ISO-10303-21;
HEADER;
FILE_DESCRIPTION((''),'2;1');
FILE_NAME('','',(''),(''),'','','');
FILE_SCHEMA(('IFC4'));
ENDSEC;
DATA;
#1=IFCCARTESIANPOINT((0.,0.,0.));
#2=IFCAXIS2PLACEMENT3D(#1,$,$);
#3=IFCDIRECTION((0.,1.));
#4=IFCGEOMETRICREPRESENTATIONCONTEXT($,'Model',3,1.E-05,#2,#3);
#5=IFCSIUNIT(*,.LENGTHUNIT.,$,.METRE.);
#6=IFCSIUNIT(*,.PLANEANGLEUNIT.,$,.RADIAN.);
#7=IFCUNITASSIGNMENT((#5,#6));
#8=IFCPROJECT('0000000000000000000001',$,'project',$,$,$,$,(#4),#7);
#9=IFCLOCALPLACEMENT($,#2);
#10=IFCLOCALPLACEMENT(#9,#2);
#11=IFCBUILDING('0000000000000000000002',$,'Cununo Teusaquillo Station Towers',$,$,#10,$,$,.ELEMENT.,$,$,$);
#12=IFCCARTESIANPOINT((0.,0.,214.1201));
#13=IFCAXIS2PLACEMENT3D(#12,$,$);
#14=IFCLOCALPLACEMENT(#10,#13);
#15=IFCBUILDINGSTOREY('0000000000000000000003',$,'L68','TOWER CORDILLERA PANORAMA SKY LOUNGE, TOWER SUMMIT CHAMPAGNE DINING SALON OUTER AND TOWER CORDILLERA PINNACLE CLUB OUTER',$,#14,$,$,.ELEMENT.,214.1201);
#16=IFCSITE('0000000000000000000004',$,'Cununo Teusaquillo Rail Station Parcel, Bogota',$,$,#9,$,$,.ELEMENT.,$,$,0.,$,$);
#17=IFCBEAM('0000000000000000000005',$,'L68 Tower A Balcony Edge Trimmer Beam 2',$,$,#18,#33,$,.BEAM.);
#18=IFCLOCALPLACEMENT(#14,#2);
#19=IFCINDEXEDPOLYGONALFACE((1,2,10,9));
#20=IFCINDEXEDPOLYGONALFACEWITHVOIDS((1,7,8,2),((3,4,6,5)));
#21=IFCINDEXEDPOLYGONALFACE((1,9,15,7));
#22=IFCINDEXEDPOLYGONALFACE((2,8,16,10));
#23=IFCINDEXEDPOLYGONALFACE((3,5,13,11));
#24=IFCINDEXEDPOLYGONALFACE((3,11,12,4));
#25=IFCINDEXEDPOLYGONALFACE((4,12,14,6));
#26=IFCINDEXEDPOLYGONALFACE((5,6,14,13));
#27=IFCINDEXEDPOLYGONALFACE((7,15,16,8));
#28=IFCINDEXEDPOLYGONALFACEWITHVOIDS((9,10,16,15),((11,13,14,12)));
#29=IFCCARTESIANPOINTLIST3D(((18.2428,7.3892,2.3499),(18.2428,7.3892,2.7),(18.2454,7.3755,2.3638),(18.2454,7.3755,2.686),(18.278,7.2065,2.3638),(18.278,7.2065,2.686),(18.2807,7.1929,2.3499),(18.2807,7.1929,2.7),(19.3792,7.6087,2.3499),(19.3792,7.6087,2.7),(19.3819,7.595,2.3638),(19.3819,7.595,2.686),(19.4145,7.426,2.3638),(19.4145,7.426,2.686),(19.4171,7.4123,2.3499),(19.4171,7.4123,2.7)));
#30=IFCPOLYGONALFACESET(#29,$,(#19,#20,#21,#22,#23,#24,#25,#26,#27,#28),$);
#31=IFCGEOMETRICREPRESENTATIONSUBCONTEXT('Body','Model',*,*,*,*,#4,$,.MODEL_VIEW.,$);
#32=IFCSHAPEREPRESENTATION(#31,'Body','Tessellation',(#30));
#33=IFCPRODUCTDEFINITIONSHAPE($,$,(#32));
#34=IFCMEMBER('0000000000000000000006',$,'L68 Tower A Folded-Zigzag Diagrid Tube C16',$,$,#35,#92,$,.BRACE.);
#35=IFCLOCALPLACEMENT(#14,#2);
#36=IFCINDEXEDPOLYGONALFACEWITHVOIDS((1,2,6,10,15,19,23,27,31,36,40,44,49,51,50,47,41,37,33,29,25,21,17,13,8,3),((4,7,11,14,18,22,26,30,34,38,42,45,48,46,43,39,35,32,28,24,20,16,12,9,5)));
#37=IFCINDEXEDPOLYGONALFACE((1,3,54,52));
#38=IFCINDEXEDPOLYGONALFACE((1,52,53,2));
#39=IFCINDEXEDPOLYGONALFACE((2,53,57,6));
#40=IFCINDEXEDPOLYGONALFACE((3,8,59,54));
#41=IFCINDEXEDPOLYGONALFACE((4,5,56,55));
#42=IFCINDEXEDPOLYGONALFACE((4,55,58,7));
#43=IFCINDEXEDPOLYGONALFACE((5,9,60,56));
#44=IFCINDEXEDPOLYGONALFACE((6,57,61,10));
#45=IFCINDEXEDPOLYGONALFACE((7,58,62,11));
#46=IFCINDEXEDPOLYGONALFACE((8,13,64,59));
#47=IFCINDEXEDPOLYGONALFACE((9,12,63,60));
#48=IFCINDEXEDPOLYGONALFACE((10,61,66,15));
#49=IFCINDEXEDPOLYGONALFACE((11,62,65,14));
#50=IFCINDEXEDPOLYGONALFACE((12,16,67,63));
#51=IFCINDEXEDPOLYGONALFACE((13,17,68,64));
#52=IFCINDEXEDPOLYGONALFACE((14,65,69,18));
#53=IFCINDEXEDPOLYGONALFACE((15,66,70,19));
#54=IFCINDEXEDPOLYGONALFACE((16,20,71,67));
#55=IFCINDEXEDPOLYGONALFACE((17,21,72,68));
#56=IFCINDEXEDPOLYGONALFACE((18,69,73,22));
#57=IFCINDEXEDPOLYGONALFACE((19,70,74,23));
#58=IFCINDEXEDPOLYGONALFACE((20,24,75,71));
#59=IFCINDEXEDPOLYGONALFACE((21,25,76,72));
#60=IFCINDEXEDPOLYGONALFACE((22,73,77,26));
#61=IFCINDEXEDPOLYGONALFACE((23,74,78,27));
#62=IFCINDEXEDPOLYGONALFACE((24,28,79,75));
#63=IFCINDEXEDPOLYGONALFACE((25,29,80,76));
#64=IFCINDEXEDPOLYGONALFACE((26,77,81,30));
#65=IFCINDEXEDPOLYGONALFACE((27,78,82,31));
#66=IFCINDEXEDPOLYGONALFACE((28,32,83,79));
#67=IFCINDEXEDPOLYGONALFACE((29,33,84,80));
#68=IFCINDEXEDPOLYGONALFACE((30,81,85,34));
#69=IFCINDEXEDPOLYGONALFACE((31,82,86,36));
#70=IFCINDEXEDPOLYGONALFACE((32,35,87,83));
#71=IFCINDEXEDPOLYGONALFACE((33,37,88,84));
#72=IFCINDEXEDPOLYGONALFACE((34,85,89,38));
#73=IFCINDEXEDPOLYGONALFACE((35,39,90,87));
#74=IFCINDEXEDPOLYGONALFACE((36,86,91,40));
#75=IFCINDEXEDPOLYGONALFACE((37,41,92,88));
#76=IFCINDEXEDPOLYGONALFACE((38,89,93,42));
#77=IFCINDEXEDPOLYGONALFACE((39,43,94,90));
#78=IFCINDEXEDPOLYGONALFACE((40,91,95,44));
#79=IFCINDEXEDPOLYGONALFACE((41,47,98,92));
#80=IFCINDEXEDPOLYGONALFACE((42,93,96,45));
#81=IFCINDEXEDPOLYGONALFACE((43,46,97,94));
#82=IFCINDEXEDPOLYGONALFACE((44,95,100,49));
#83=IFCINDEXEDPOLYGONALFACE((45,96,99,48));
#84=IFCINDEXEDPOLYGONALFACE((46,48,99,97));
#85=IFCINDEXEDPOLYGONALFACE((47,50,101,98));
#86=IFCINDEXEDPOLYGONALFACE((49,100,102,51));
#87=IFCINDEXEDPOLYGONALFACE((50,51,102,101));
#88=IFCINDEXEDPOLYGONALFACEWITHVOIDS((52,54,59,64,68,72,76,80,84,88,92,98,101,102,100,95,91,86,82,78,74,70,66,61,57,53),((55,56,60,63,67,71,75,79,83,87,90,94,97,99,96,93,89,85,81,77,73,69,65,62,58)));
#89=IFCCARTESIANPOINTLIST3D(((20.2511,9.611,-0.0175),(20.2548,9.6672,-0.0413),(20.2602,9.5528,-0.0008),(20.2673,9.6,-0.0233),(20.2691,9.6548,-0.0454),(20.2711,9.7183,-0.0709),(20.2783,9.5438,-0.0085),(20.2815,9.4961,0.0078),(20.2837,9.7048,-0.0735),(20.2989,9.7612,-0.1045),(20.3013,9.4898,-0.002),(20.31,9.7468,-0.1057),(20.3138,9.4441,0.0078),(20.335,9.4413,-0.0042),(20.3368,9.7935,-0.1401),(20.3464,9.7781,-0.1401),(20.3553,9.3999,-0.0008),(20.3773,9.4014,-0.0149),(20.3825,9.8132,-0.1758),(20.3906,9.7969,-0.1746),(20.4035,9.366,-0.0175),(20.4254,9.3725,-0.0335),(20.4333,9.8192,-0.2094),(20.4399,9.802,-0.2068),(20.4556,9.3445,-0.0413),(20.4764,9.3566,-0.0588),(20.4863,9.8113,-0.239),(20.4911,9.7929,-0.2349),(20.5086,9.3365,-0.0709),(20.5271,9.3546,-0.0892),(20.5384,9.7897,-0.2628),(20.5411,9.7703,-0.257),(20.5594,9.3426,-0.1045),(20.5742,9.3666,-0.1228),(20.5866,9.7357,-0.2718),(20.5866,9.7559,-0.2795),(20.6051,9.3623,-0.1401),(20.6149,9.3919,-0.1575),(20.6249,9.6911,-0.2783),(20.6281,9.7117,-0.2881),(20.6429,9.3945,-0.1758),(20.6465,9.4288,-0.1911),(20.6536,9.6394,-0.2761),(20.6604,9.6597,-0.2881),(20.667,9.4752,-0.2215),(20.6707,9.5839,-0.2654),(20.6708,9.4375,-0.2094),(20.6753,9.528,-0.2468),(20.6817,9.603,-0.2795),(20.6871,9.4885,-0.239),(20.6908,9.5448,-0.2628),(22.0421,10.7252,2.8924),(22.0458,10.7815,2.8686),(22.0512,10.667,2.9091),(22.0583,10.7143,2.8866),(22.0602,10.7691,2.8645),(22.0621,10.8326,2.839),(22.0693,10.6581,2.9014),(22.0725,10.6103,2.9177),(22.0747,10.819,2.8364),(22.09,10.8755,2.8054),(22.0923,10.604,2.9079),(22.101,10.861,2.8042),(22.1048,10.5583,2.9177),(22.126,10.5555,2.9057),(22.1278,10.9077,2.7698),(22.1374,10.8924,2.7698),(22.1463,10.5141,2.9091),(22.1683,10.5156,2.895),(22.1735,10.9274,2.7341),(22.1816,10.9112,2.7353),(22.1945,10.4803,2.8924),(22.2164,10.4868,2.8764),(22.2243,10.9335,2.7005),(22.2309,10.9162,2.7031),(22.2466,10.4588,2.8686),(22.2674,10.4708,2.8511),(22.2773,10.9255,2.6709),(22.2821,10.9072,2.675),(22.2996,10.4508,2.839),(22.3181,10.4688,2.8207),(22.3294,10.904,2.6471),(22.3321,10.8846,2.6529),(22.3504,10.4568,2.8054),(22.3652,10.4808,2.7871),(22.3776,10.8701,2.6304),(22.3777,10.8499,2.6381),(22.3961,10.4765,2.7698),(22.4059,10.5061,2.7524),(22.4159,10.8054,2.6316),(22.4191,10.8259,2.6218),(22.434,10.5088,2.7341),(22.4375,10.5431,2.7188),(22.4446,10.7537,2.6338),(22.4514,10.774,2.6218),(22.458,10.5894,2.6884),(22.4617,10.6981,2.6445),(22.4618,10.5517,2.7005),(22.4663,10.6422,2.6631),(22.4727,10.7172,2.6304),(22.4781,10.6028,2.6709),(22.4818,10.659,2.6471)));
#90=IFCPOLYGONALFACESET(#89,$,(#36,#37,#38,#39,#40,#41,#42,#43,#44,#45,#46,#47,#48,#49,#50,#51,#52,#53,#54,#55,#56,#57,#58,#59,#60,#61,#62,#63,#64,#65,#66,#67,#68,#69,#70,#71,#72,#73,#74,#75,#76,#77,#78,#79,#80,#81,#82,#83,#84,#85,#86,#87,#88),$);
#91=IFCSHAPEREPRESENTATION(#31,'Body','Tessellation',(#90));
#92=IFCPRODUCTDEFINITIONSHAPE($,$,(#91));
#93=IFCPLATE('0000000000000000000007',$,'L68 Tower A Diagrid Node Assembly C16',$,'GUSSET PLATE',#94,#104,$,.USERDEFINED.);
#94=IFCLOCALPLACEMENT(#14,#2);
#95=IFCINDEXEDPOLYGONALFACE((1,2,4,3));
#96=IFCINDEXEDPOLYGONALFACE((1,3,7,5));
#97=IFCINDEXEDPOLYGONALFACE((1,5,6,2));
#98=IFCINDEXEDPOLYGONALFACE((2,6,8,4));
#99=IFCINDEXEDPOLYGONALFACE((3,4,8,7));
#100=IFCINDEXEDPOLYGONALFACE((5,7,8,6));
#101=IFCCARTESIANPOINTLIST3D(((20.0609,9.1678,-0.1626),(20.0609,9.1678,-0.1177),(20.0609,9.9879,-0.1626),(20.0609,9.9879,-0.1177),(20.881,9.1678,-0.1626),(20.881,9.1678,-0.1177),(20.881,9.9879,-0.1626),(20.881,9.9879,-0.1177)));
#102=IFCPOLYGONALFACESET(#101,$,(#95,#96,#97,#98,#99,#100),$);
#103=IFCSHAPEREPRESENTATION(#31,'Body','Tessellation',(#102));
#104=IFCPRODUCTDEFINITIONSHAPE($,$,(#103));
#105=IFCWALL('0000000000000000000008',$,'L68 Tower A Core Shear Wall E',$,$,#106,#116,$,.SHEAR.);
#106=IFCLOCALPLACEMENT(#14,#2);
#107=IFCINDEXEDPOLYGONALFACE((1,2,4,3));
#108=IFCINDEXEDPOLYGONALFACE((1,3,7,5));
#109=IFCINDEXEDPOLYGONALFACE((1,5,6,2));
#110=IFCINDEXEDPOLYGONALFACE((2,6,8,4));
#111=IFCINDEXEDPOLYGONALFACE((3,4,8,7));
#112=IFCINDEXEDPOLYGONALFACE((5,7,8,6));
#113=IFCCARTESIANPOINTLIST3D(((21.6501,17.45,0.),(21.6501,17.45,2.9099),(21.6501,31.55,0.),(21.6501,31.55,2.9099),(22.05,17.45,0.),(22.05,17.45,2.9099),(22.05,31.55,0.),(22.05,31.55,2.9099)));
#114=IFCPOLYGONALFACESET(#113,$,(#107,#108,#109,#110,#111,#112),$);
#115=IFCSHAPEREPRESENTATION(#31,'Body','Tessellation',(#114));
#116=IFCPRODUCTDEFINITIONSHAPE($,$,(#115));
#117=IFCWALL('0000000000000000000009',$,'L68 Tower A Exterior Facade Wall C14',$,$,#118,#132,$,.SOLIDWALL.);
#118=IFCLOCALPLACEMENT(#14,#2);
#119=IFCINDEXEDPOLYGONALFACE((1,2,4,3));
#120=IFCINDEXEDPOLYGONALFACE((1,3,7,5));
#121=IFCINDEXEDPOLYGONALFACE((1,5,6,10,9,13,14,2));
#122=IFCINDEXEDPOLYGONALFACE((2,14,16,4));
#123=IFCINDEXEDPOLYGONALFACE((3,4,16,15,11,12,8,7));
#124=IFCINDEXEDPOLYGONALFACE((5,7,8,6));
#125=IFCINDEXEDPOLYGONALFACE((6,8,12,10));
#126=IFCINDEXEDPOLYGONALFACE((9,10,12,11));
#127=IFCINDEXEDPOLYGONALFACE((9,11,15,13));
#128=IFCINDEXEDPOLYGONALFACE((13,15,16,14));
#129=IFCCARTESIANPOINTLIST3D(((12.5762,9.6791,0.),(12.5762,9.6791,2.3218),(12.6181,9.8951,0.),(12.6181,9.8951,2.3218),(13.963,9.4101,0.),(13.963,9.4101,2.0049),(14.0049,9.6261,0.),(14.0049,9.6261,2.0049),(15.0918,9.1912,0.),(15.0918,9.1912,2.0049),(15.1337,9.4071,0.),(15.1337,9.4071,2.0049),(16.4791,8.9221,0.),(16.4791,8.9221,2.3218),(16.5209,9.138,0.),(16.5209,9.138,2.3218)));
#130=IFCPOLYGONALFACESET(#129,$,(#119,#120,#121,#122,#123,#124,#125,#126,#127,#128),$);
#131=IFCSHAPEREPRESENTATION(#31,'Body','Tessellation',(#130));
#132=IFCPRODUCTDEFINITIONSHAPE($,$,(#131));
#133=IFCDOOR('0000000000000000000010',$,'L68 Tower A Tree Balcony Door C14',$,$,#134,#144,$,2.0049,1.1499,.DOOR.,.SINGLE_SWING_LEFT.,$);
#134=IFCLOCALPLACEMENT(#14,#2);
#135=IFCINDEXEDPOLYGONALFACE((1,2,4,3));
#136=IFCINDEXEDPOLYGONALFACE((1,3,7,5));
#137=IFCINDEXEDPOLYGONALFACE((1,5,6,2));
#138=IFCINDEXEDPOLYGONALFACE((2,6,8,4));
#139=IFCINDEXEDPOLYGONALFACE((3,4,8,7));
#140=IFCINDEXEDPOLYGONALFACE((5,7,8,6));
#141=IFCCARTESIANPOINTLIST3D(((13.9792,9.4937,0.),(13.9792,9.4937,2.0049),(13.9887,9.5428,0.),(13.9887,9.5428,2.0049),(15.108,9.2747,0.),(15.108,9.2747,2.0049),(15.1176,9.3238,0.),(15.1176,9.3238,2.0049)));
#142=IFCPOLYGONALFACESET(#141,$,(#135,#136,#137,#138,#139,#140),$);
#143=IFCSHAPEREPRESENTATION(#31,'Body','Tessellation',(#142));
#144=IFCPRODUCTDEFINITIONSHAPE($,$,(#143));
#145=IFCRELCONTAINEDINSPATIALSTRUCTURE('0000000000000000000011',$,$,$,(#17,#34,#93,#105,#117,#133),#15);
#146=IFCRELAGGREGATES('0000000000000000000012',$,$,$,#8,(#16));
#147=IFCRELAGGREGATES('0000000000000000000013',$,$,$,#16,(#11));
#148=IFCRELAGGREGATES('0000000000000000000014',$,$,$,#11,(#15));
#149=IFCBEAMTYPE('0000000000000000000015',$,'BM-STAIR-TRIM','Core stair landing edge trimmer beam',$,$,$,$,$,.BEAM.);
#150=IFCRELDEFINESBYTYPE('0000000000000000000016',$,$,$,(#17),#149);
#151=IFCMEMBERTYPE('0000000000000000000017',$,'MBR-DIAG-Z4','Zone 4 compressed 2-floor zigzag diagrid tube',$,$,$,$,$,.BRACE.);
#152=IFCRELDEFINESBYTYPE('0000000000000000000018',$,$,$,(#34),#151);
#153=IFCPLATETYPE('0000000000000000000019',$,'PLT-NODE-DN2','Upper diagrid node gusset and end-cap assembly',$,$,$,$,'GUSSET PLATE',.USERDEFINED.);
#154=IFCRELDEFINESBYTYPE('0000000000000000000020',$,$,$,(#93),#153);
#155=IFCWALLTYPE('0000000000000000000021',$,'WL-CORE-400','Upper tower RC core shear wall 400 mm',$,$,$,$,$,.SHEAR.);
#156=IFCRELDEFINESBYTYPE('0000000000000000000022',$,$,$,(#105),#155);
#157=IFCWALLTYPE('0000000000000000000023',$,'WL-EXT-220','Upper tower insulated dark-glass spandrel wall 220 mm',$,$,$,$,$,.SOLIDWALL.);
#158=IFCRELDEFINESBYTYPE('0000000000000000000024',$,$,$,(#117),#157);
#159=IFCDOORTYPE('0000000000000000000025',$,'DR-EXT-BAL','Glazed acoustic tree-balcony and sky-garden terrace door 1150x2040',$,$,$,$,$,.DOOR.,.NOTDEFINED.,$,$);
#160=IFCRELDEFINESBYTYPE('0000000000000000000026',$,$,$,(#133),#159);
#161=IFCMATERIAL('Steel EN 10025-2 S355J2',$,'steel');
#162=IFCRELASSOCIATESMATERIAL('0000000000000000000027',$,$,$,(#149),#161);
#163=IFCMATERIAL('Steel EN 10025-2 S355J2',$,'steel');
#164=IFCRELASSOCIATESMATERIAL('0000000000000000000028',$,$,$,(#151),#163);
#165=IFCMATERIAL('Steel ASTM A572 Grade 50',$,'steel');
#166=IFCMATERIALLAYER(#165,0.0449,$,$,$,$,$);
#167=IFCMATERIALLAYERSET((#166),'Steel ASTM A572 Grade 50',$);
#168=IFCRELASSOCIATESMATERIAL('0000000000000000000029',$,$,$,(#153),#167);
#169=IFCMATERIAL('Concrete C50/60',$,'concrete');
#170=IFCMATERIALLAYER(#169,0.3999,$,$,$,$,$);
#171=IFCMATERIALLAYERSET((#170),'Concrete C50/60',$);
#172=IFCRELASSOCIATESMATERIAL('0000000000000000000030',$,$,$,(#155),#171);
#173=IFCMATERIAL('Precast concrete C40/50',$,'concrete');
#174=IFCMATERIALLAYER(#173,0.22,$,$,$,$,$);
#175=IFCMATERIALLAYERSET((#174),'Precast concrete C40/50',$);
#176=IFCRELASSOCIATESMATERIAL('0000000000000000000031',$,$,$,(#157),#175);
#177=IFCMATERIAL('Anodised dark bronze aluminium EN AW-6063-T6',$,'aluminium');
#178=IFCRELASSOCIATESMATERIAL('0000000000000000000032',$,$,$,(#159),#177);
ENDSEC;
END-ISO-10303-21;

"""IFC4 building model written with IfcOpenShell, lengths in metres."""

from ifc_helpers import new_model, si_unit, direction, frame, frame_2d, origin, origin_2d, place, context, subcontext, project, spatial, rectangle, hollow_rectangle, hollow_circle, extrude, source, transform, mapped, material, layer, layer_set, material_profile, profile_set, type_object, element, fill, save


model = new_model("IFC4")

# Units and contexts
model_context = context("Model", 3, precision=1e-05, world=origin(), true_north=direction((0.0, 1.0)))
body_context = subcontext(model_context, "Body", "Model", "MODEL_VIEW")
ifc_project = project(units=[si_unit("LENGTHUNIT", "METRE"), si_unit("PLANEANGLEUNIT", "RADIAN")], contexts=[model_context])

# Site, building, storey
site_placement = place(None, origin())
site = spatial("IfcSite", under=ifc_project, at=site_placement, Name="Cununo Teusaquillo Rail Station Parcel, Bogota", CompositionType="ELEMENT", RefElevation=0.0)
building_placement = place(site_placement, origin())
building = spatial("IfcBuilding", under=site, at=building_placement, Name="Cununo Teusaquillo Station Towers", CompositionType="ELEMENT")
storey_placement = place(building_placement, frame((0.0, 0.0, 214.1201)))
storey = spatial("IfcBuildingStorey", under=building, at=storey_placement, Name="L68", Description="TOWER CORDILLERA PANORAMA SKY LOUNGE, TOWER SUMMIT CHAMPAGNE DINING SALON OUTER AND TOWER CORDILLERA PINNACLE CLUB OUTER", CompositionType="ELEMENT", Elevation=214.1201)

# Beam
ifc_material_1 = material(Name="Steel EN 10025-2 S355J2", Category="steel")
ifc_material_profile_1 = material_profile(ifc_material_1, hollow_rectangle(XDim=0.2, YDim=0.3501, WallThickness=0.0139, at=origin_2d()), Name="RHS 350x200x14")
ifc_profile_set_1 = profile_set([ifc_material_profile_1], Name="Steel EN 10025-2 S355J2")
beam_type_1 = type_object("IfcBeamType", Name="BM-STAIR-TRIM", Description="Core stair landing edge trimmer beam", PredefinedType="BEAM", material=ifc_profile_set_1)
beam_1_placement = place(storey_placement, frame((18.2617, 7.291, 2.5249), z_axis=(0.981857, 0.189622, 0.0), x_axis=(-0.189622, 0.981857, 0.0)))
element("IfcBeam", 1, at=beam_1_placement, inside=storey, type_object=beam_type_1, Name="L68 Tower A Balcony Edge Trimmer Beam 2", PredefinedType="BEAM", context=body_context, shape_type="SweptSolid", body=[
    extrude(hollow_rectangle(XDim=0.2, YDim=0.3501, WallThickness=0.0139, at=origin_2d()), origin(), (0.0, 0.0, 1.0), 1.1575),
])

# Member
ifc_material_2 = material(Name="Steel EN 10025-2 S355J2", Category="steel")
ifc_material_profile_2 = material_profile(ifc_material_2, hollow_circle(Radius=0.2539, WallThickness=0.0181, at=origin_2d()), Name="CHS 508x18")
ifc_profile_set_2 = profile_set([ifc_material_profile_2], Name="Steel EN 10025-2 S355J2")
member_type = type_object("IfcMemberType", Name="MBR-DIAG-Z4", Description="Zone 4 compressed 2-floor zigzag diagrid tube", PredefinedType="BRACE", material=ifc_profile_set_2)
member_placement = place(storey_placement, frame((20.4709, 9.5779, -0.1401), z_axis=(0.498334, 0.310032, 0.809656), x_axis=(-0.52825, 0.849089, 0.0)))
element("IfcMember", 2, at=member_placement, inside=storey, type_object=member_type, Name="L68 Tower A Folded-Zigzag Diagrid Tube C16", PredefinedType="BRACE", context=body_context, shape_type="SweptSolid", body=[
    extrude(hollow_circle(Radius=0.2539, WallThickness=0.0181, at=origin_2d()), origin(), (0.0, 0.0, 1.0), 3.594),
])

# Plate
ifc_material_3 = material(Name="Steel ASTM A572 Grade 50", Category="steel")
ifc_layer_1 = layer(ifc_material_3, 0.0449)
ifc_layer_set_1 = layer_set([ifc_layer_1], Name="Steel ASTM A572 Grade 50")
plate_type = type_object("IfcPlateType", Name="PLT-NODE-DN2", Description="Upper diagrid node gusset and end-cap assembly", ElementType="GUSSET PLATE", PredefinedType="USERDEFINED", material=ifc_layer_set_1)
shared_shape_1 = source(origin(), body_context, "Body", "SweptSolid", [
    extrude(rectangle(XDim=0.8201, YDim=0.8201, at=origin_2d()), origin(), (0.0, 0.0, 1.0), 0.0449),
])
plate_placement = place(storey_placement, frame((20.4709, 9.5779, -0.1626), z_axis=(0.0, 0.0, 1.0), x_axis=(1.0, 0.0, 0.0)))
element("IfcPlate", 3, at=plate_placement, inside=storey, type_object=plate_type, Name="L68 Tower A Diagrid Node Assembly C16", ObjectType="GUSSET PLATE", PredefinedType="USERDEFINED", context=body_context, shape_type="MappedRepresentation", body=[
    mapped(shared_shape_1, transform((0.0, 0.0, 0.0), x_axis=(1.0, 0.0, 0.0), y_axis=(0.0, 1.0, 0.0), z_axis=(0.0, 0.0, 1.0), scale=1.0)),
])

# Wall
ifc_material_4 = material(Name="Concrete C50/60", Category="concrete")
ifc_layer_2 = layer(ifc_material_4, 0.3999)
ifc_layer_set_2 = layer_set([ifc_layer_2], Name="Concrete C50/60")
wall_type_1 = type_object("IfcWallType", Name="WL-CORE-400", Description="Upper tower RC core shear wall 400 mm", PredefinedType="SHEAR", material=ifc_layer_set_2)
wall_1_placement = place(storey_placement, frame((21.8501, 17.45, 0.0), z_axis=(0.0, 0.0, 1.0), x_axis=(0.0, 1.0, 0.0)))
element("IfcWall", 4, at=wall_1_placement, inside=storey, type_object=wall_type_1, Name="L68 Tower A Core Shear Wall E", PredefinedType="SHEAR", context=body_context, shape_type="SweptSolid", body=[
    extrude(rectangle(XDim=14.1001, YDim=0.3999, at=frame_2d((7.05, 0.0))), origin(), (0.0, 0.0, 1.0), 2.9099),
])

# Wall, opening, door
ifc_material_5 = material(Name="Precast concrete C40/50", Category="concrete")
ifc_layer_3 = layer(ifc_material_5, 0.22)
ifc_layer_set_3 = layer_set([ifc_layer_3], Name="Precast concrete C40/50")
wall_type_2 = type_object("IfcWallType", Name="WL-EXT-220", Description="Upper tower insulated dark-glass spandrel wall 220 mm", PredefinedType="SOLIDWALL", material=ifc_layer_set_3)
wall_2_placement = place(storey_placement, frame((16.5, 9.03, 0.0), z_axis=(0.0, 0.0, 1.0), x_axis=(-0.9817, 0.190432, 0.0)))
wall_2 = element("IfcWall", 5, at=wall_2_placement, inside=storey, type_object=wall_type_2, Name="L68 Tower A Exterior Facade Wall C14", PredefinedType="SOLIDWALL", context=body_context, shape_type="SweptSolid", body=[
    extrude(rectangle(XDim=3.9756, YDim=0.22, at=frame_2d((1.9878, 0.0))), origin(), (0.0, 0.0, 1.0), 2.3218),
])
shared_shape_2 = source(origin(), body_context, "Body", "SweptSolid", [
    extrude(rectangle(XDim=1.1499, YDim=2.0049, at=frame_2d((0.575, 1.0024))), frame((0.0, 0.1199, 0.0), z_axis=(0.0, -1.0, 0.0), x_axis=(1.0, 0.0, 0.0)), (0.0, 0.0, 1.0), 0.24),
])
opening_1_placement = place(wall_2_placement, frame((1.4131, 0.0, 0.0)))
opening_1 = element("IfcOpeningElement", 6, at=opening_1_placement, cuts=wall_2, PredefinedType="OPENING", context=body_context, shape_type="MappedRepresentation", body=[
    mapped(shared_shape_2, transform((0.0, 0.0, 0.0), x_axis=(1.0, 0.0, 0.0), y_axis=(0.0, 1.0, 0.0), z_axis=(0.0, 0.0, 1.0), scale=1.0)),
])
ifc_material_6 = material(Name="Anodised dark bronze aluminium EN AW-6063-T6", Category="aluminium")
door_type_1 = type_object("IfcDoorType", Name="DR-EXT-BAL", Description="Glazed acoustic tree-balcony and sky-garden terrace door 1150x2040", OperationType="NOTDEFINED", PredefinedType="DOOR", material=ifc_material_6)
shared_shape_3 = source(origin(), body_context, "Body", "SweptSolid", [
    extrude(rectangle(XDim=1.1499, YDim=2.0049, at=frame_2d((0.575, 1.0024))), frame((0.0, 0.0249, 0.0), z_axis=(0.0, -1.0, 0.0), x_axis=(1.0, 0.0, 0.0)), (0.0, 0.0, 1.0), 0.05),
])
door_1_placement = place(opening_1_placement, origin())
door_1 = element("IfcDoor", 7, at=door_1_placement, inside=storey, type_object=door_type_1, Name="L68 Tower A Tree Balcony Door C14", OperationType="SINGLE_SWING_LEFT", OverallHeight=2.0049, OverallWidth=1.1499, PredefinedType="DOOR", context=body_context, shape_type="MappedRepresentation", body=[
    mapped(shared_shape_3, transform((0.0, 0.0, 0.0), x_axis=(1.0, 0.0, 0.0), y_axis=(0.0, 1.0, 0.0), z_axis=(0.0, 0.0, 1.0), scale=1.0)),
])
fill(opening_1, door_1)

save(model, "model.ifc")
